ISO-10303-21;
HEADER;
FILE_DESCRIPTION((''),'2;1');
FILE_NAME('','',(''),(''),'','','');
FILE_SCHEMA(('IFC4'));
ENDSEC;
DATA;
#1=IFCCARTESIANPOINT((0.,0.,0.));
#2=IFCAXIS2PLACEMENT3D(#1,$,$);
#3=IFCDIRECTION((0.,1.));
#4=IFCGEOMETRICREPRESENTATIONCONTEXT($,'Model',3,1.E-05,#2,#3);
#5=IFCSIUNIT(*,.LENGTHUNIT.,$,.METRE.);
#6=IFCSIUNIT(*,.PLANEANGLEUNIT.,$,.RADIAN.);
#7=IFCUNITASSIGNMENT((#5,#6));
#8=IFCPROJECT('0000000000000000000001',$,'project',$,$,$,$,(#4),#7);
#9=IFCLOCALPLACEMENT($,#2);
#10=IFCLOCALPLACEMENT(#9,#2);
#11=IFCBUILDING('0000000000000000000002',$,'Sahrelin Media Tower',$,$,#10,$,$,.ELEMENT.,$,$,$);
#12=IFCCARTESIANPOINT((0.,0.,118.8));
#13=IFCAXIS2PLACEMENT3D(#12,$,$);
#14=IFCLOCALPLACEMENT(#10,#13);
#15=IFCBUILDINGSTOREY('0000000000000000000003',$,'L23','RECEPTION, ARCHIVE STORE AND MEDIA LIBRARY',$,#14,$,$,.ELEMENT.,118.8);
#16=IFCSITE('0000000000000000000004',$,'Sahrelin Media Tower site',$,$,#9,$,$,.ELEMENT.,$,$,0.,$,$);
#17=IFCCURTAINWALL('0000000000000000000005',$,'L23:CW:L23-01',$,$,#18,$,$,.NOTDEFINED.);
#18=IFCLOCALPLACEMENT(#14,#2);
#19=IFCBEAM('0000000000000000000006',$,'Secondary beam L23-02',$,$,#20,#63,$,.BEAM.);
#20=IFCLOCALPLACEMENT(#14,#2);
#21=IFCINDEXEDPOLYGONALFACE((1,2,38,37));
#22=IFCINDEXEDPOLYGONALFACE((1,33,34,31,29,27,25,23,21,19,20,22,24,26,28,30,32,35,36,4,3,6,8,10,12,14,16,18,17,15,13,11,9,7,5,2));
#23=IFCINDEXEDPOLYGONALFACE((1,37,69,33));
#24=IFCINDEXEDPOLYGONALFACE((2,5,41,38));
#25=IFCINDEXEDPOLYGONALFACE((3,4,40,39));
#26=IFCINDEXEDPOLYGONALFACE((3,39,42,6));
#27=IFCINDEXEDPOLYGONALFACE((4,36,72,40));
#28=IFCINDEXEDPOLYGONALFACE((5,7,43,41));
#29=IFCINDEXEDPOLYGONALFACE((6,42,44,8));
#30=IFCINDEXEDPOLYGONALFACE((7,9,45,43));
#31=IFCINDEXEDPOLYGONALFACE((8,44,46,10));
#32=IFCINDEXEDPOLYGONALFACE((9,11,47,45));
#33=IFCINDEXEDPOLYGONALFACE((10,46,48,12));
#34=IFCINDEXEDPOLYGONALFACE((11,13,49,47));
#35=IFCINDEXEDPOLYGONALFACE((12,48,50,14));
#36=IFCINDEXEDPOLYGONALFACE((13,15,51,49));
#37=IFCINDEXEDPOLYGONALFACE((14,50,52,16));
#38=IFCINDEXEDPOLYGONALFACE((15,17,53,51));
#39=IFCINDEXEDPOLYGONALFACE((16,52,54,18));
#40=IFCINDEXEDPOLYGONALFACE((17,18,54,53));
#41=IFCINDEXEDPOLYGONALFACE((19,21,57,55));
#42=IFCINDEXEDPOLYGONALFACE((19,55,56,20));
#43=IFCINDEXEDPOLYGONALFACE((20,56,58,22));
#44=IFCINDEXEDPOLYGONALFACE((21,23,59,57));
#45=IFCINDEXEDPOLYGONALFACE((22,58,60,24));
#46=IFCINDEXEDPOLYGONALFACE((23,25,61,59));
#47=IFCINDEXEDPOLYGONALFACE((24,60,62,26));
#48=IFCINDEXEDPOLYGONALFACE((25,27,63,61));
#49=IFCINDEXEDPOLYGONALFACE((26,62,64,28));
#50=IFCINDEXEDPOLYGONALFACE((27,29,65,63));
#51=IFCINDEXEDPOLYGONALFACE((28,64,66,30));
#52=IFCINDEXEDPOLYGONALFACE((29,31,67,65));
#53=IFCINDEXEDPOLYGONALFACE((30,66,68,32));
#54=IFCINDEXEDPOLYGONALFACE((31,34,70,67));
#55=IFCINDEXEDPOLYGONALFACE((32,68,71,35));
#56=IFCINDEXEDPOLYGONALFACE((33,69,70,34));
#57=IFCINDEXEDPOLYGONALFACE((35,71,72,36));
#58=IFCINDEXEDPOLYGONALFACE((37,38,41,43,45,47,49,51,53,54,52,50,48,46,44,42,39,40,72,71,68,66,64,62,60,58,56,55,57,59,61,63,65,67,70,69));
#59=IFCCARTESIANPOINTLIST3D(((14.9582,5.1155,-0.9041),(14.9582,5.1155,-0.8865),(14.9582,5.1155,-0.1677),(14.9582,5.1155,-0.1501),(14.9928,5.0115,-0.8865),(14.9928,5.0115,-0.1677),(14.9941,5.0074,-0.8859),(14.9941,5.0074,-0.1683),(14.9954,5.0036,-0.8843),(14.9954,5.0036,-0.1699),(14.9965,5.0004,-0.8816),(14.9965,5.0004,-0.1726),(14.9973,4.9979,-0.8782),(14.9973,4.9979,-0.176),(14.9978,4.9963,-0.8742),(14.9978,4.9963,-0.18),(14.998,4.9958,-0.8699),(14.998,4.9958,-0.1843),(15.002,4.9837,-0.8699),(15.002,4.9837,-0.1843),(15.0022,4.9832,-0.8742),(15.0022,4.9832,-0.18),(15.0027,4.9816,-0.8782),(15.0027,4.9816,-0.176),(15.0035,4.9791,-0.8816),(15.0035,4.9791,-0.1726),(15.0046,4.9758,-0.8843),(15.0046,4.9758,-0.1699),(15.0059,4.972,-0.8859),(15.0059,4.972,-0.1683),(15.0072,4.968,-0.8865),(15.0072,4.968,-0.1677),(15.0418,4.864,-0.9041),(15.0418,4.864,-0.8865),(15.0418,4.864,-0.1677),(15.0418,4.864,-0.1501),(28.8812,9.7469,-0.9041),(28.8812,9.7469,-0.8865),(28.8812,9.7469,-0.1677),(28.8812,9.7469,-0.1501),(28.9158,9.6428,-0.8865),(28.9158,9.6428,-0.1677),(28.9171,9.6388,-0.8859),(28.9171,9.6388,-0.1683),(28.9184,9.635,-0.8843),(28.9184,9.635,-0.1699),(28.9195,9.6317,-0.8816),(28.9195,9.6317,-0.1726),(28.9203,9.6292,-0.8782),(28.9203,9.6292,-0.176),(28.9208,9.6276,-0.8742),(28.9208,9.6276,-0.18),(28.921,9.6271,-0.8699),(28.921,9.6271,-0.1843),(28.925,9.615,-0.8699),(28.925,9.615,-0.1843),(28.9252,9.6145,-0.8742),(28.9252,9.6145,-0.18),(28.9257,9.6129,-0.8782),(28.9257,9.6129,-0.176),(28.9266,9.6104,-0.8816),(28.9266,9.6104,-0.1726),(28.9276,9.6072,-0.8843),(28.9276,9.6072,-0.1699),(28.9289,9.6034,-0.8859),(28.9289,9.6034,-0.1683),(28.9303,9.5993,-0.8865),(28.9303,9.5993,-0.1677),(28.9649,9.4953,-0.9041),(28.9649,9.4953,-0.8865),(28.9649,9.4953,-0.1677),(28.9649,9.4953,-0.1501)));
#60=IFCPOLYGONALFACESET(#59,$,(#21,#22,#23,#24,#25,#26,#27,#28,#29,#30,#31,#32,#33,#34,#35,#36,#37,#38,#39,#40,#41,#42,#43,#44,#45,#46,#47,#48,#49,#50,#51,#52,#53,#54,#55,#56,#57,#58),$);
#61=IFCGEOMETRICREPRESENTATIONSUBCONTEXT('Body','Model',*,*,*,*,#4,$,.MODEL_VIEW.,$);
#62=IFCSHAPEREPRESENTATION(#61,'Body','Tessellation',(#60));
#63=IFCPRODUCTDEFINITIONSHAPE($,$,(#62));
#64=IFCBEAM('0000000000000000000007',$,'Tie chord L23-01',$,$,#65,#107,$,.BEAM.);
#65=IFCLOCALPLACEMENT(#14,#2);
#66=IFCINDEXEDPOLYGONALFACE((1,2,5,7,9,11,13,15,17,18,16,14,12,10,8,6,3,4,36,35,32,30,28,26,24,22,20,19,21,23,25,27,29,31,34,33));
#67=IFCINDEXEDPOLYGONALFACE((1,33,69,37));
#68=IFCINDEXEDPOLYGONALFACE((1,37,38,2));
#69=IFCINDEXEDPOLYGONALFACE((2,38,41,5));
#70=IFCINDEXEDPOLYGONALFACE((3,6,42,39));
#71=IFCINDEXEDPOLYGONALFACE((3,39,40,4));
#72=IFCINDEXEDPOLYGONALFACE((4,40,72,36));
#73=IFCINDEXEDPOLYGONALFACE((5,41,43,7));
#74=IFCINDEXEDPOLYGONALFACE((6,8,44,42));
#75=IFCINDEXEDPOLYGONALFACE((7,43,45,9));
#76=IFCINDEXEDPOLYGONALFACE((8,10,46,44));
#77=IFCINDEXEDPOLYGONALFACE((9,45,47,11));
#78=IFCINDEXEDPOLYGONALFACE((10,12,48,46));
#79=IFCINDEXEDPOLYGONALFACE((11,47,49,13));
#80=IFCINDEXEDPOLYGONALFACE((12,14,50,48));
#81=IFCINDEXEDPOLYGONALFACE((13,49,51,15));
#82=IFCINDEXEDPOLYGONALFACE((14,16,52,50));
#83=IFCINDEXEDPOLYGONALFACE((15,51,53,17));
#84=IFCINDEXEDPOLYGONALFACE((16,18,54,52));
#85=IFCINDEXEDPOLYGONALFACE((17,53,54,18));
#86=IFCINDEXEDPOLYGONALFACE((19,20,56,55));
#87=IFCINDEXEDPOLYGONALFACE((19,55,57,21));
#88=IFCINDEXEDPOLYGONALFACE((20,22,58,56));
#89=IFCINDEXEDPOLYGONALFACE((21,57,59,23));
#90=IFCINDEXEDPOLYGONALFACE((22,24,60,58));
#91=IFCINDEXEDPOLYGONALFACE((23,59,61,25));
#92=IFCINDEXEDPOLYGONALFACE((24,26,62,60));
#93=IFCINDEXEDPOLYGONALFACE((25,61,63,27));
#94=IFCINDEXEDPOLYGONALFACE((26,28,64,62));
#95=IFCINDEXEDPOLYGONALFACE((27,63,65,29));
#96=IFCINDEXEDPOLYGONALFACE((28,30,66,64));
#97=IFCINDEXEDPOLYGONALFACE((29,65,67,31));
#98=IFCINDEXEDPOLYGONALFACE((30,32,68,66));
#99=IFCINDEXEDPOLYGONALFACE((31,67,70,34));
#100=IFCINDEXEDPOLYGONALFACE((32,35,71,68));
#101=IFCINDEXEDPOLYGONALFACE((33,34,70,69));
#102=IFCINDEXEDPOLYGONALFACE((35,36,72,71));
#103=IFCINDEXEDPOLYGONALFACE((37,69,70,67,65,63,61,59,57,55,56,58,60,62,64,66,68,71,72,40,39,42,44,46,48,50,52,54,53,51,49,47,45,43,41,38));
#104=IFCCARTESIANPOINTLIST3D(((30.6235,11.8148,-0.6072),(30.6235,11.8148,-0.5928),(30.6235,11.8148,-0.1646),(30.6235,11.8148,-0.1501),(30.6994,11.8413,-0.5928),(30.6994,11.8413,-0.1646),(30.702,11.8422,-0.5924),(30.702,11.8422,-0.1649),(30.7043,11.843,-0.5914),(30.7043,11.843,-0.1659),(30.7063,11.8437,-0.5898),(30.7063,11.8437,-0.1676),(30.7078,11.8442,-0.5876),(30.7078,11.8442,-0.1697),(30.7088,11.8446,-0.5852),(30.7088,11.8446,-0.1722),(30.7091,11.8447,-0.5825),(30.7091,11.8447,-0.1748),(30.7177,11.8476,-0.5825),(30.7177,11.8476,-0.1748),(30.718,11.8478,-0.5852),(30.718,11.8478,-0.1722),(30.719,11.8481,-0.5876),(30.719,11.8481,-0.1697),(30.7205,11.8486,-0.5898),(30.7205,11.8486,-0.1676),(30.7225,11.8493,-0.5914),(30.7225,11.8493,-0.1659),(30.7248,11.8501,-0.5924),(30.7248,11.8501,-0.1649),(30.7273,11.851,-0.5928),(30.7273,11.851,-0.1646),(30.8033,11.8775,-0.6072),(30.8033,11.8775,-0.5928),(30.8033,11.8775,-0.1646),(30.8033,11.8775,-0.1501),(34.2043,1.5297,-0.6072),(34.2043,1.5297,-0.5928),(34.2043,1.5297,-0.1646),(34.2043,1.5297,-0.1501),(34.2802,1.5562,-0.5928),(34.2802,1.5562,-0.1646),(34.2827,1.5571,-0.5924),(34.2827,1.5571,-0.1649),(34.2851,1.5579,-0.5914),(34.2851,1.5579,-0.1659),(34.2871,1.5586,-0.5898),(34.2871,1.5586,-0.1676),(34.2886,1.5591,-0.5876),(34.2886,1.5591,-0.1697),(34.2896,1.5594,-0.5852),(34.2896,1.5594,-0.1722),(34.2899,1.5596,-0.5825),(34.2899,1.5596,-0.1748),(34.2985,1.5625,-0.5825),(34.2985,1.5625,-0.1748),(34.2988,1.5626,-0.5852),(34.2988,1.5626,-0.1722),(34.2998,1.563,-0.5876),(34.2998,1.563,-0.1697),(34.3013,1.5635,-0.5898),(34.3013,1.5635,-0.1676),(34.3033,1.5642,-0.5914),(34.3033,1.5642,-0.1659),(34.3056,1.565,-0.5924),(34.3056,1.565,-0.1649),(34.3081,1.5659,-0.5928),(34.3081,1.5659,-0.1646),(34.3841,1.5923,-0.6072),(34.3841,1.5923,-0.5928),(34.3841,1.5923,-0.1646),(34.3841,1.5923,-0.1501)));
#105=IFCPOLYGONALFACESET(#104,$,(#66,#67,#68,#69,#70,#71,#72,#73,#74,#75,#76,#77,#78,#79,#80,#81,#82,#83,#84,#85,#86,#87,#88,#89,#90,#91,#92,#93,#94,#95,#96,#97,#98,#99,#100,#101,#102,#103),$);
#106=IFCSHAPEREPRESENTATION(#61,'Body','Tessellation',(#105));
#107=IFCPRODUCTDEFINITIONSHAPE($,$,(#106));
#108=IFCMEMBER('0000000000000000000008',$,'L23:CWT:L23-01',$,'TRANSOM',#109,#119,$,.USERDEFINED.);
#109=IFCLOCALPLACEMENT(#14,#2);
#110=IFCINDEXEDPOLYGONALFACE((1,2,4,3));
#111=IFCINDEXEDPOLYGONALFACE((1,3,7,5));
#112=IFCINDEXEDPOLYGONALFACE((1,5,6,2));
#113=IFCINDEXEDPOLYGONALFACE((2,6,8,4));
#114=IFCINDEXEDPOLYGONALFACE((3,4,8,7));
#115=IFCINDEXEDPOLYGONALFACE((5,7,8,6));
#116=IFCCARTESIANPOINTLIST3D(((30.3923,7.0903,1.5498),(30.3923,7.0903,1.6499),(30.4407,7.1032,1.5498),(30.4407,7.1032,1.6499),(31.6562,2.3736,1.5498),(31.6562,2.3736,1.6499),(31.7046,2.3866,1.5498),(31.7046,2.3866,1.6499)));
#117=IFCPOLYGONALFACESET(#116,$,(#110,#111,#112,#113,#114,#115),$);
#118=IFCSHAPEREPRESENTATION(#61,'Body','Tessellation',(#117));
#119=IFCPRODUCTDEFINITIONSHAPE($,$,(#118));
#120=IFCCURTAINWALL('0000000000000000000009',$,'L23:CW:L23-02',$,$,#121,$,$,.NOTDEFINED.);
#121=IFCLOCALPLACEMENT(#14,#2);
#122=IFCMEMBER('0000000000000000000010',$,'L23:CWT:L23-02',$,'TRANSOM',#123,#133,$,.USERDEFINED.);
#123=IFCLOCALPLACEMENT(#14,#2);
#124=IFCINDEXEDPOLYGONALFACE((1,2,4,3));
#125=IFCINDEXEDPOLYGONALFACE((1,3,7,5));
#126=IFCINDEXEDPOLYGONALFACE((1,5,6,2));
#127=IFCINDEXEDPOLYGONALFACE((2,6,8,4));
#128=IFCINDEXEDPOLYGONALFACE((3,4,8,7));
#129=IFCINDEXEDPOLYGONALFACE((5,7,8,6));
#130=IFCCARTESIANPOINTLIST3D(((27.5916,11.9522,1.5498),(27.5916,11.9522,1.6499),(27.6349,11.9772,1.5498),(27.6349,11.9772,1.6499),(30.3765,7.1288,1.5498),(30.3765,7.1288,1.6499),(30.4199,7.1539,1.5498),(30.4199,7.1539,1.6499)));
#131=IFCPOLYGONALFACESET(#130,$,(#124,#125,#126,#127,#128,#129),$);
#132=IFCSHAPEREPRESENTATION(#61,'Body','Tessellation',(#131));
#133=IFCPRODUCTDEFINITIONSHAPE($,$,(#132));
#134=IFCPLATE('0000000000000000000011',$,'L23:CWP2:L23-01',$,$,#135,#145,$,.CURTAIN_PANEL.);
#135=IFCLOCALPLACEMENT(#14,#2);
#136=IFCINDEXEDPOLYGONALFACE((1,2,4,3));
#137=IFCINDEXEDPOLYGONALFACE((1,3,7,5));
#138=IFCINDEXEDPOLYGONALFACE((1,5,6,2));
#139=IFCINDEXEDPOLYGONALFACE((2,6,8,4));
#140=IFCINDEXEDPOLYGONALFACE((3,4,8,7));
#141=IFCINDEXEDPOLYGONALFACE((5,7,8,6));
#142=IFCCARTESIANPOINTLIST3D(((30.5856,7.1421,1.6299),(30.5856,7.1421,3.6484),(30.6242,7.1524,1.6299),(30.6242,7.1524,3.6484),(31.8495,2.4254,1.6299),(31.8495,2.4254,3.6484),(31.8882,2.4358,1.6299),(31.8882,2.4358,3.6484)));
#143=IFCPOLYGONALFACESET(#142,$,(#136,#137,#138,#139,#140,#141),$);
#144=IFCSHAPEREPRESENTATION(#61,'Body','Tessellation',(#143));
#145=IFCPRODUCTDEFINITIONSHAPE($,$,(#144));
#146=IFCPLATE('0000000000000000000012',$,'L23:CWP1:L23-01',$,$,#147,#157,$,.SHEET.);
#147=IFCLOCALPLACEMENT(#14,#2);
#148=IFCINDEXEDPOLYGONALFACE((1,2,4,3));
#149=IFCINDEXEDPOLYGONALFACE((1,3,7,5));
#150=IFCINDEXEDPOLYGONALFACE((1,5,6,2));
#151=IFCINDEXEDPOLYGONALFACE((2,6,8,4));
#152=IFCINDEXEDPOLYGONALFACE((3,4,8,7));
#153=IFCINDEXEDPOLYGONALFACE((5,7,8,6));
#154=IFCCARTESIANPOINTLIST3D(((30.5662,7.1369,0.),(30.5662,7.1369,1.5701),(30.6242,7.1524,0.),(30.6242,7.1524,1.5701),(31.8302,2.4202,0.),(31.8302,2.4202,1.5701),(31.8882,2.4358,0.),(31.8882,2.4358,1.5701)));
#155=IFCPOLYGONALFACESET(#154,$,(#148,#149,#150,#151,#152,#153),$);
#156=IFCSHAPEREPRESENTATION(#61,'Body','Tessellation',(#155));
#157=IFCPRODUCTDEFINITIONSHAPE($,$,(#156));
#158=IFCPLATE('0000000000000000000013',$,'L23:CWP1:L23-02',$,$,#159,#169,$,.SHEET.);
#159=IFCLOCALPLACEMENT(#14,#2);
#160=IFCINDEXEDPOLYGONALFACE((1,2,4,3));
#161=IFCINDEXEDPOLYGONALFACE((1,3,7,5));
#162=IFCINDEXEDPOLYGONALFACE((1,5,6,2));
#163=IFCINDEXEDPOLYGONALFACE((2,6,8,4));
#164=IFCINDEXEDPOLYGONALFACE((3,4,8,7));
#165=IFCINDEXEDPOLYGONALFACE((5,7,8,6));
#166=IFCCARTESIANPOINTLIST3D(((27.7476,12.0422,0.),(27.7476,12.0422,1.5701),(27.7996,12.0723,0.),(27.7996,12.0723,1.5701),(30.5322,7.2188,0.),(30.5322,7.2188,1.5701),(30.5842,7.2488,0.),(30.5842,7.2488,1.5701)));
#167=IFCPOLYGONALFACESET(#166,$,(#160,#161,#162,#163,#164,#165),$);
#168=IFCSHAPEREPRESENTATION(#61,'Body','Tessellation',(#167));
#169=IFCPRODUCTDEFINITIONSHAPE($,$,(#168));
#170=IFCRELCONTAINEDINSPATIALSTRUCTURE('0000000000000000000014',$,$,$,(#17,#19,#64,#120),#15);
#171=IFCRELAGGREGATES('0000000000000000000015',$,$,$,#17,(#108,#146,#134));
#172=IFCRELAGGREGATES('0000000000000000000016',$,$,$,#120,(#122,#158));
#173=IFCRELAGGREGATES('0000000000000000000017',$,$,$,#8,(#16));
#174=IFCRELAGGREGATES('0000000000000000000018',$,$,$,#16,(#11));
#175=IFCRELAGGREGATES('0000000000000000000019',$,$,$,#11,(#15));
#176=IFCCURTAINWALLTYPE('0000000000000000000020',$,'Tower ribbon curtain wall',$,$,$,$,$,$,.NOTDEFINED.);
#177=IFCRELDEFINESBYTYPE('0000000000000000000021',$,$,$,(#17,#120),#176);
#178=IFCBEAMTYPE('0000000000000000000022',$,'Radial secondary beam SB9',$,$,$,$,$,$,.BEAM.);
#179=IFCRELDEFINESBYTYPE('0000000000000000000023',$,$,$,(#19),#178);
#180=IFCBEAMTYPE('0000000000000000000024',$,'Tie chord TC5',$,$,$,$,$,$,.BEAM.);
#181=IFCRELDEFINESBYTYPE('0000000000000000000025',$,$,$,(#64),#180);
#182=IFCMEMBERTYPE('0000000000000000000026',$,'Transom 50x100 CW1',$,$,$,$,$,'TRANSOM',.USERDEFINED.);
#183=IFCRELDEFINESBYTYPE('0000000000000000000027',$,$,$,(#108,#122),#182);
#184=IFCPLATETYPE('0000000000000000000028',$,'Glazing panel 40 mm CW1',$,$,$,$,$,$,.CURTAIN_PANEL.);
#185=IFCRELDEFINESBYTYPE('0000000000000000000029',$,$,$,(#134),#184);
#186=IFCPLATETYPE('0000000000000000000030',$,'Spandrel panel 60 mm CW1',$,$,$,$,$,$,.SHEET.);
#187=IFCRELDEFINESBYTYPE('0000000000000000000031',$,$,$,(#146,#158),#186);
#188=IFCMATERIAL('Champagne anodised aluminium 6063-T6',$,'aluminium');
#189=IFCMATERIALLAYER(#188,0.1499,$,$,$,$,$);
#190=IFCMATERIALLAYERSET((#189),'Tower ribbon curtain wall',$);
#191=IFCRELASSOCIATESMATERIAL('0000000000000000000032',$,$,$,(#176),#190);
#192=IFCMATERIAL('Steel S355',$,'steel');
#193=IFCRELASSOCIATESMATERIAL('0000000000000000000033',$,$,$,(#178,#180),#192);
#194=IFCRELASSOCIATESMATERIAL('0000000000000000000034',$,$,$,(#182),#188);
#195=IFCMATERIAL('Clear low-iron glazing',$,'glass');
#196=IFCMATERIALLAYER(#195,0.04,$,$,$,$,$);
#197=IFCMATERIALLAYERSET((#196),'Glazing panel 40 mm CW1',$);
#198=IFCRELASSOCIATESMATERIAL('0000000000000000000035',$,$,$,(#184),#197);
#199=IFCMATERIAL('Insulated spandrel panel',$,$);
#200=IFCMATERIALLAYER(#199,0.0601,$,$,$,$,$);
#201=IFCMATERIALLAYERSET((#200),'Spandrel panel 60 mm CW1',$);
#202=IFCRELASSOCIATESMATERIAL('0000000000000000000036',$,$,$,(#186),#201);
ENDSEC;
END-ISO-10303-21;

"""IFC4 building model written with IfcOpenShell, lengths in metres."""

from ifc_helpers import new_model, si_unit, direction, frame, origin, origin_2d, place, context, subcontext, project, spatial, polyline, rectangle, i_section, outline, extrude, material, layer, layer_set, material_profile, profile_set, type_object, element, aggregate, save


model = new_model("IFC4")

# Units and contexts
model_context = context("Model", 3, precision=1e-05, world=origin(), true_north=direction((0.0, 1.0)))
body_context = subcontext(model_context, "Body", "Model", "MODEL_VIEW")
ifc_project = project(units=[si_unit("LENGTHUNIT", "METRE"), si_unit("PLANEANGLEUNIT", "RADIAN")], contexts=[model_context])

# Site, building, storey
site_placement = place(None, origin())
site = spatial("IfcSite", under=ifc_project, at=site_placement, Name="Sahrelin Media Tower site", CompositionType="ELEMENT", RefElevation=0.0)
building_placement = place(site_placement, origin())
building = spatial("IfcBuilding", under=site, at=building_placement, Name="Sahrelin Media Tower", CompositionType="ELEMENT")
storey_placement = place(building_placement, frame((0.0, 0.0, 118.8)))
storey = spatial("IfcBuildingStorey", under=building, at=storey_placement, Name="L23", Description="RECEPTION, ARCHIVE STORE AND MEDIA LIBRARY", CompositionType="ELEMENT", Elevation=118.8)

# Shared definitions
ifc_material_1 = material(Name="Steel S355", Category="steel")

# Curtain wall
ifc_material_2 = material(Name="Champagne anodised aluminium 6063-T6", Category="aluminium")
ifc_layer_1 = layer(ifc_material_2, 0.1499)
ifc_layer_set_1 = layer_set([ifc_layer_1], Name="Tower ribbon curtain wall")
curtain_wall_type = type_object("IfcCurtainWallType", Name="Tower ribbon curtain wall", PredefinedType="NOTDEFINED", material=ifc_layer_set_1)
curtain_wall_1_placement = place(storey_placement, frame((31.2368, 4.7888, 0.0), z_axis=(0.0, 0.0, 1.0), x_axis=(1.0, 0.0, 0.0)))
curtain_wall_1 = element("IfcCurtainWall", 1, at=curtain_wall_1_placement, inside=storey, type_object=curtain_wall_type, Name="L23:CW:L23-01", PredefinedType="NOTDEFINED")

# Beams
ifc_material_profile_1 = material_profile(ifc_material_1, i_section(OverallWidth=0.2651, OverallDepth=0.7539, WebThickness=0.0127, FlangeThickness=0.0176, FilletRadius=0.0166, at=origin_2d()), Name="UB 762x267x147")
ifc_profile_set_1 = profile_set([ifc_material_profile_1], Name="Steel S355")
beam_type_1 = type_object("IfcBeamType", Name="Radial secondary beam SB9", PredefinedType="BEAM", material=ifc_profile_set_1)
beam_1_placement = place(storey_placement, frame((15.0, 4.9897, -0.5271), z_axis=(0.948881, 0.315634, 0.0), x_axis=(-0.315634, 0.948881, 0.0)))
element("IfcBeam", 2, at=beam_1_placement, inside=storey, type_object=beam_type_1, Name="Secondary beam L23-02", PredefinedType="BEAM", context=body_context, shape_type="SweptSolid", body=[
    extrude(i_section(OverallWidth=0.2651, OverallDepth=0.7539, WebThickness=0.0127, FlangeThickness=0.0176, FilletRadius=0.0166, at=origin_2d()), origin(), (0.0, 0.0, 1.0), 14.6731),
])
ifc_material_profile_2 = material_profile(ifc_material_1, i_section(OverallWidth=0.1904, OverallDepth=0.457, WebThickness=0.009, FlangeThickness=0.0144, FilletRadius=0.0103, at=origin_2d()), Name="UB 457x191x74")
ifc_profile_set_2 = profile_set([ifc_material_profile_2], Name="Steel S355")
beam_type_2 = type_object("IfcBeamType", Name="Tie chord TC5", PredefinedType="BEAM", material=ifc_profile_set_2)
beam_2_placement = place(storey_placement, frame((34.2942, 1.561, -0.3787), z_axis=(-0.328796, 0.944401, 0.0), x_axis=(-0.944401, -0.328796, 0.0)))
element("IfcBeam", 3, at=beam_2_placement, inside=storey, type_object=beam_type_2, Name="Tie chord L23-01", PredefinedType="BEAM", context=body_context, shape_type="SweptSolid", body=[
    extrude(i_section(OverallWidth=0.1904, OverallDepth=0.457, WebThickness=0.009, FlangeThickness=0.0144, FilletRadius=0.0103, at=origin_2d()), origin(), (0.0, 0.0, 1.0), 10.8906),
])

# Member
ifc_material_profile_3 = material_profile(ifc_material_2, rectangle(XDim=0.05, YDim=0.1001, at=origin_2d()), Name="Transom 50x100")
ifc_profile_set_3 = profile_set([ifc_material_profile_3], Name="Champagne anodised aluminium 6063-T6")
member_type_1 = type_object("IfcMemberType", Name="Transom 50x100 CW1", ElementType="TRANSOM", PredefinedType="USERDEFINED", material=ifc_profile_set_3)
member_1_placement = place(storey_placement, frame((31.6804, 2.3801, 1.5999), z_axis=(-0.258842, 0.96592, 0.0), x_axis=(-0.96592, -0.258842, 0.0)))
member_1 = element("IfcMember", 4, at=member_1_placement, type_object=member_type_1, Name="L23:CWT:L23-01", ObjectType="TRANSOM", PredefinedType="USERDEFINED", context=body_context, shape_type="SweptSolid", body=[
    extrude(rectangle(XDim=0.05, YDim=0.1001, at=origin_2d()), origin(), (0.0, 0.0, 1.0), 4.8831),
])

# Curtain wall, member
curtain_wall_2_placement = place(storey_placement, frame((29.1746, 9.6504, 0.0), z_axis=(0.0, 0.0, 1.0), x_axis=(1.0, 0.0, 0.0)))
curtain_wall_2 = element("IfcCurtainWall", 5, at=curtain_wall_2_placement, inside=storey, type_object=curtain_wall_type, Name="L23:CW:L23-02", PredefinedType="NOTDEFINED")
member_2_placement = place(storey_placement, frame((30.3982, 7.1414, 1.5999), z_axis=(-0.500029, 0.866009, 0.0), x_axis=(-0.866009, -0.500029, 0.0)))
member_2 = element("IfcMember", 6, at=member_2_placement, type_object=member_type_1, Name="L23:CWT:L23-02", ObjectType="TRANSOM", PredefinedType="USERDEFINED", context=body_context, shape_type="SweptSolid", body=[
    extrude(rectangle(XDim=0.05, YDim=0.1001, at=origin_2d()), origin(), (0.0, 0.0, 1.0), 5.5696),
])

# Plates
ifc_material_3 = material(Name="Clear low-iron glazing", Category="glass")
ifc_layer_2 = layer(ifc_material_3, 0.04)
ifc_layer_set_2 = layer_set([ifc_layer_2], Name="Glazing panel 40 mm CW1")
plate_type_1 = type_object("IfcPlateType", Name="Glazing panel 40 mm CW1", PredefinedType="CURTAIN_PANEL", material=ifc_layer_set_2)
plate_1_placement = place(storey_placement, frame((31.8882, 2.4358, 1.6299), z_axis=(0.96592, 0.258842, 0.0), x_axis=(-0.258842, 0.96592, 0.0)))
plate_1 = element("IfcPlate", 7, at=plate_1_placement, type_object=plate_type_1, Name="L23:CWP2:L23-01", PredefinedType="CURTAIN_PANEL", context=body_context, shape_type="SweptSolid", body=[
    extrude(outline(polyline([(0.0, 0.0), (4.8831, 0.0), (4.8831, 2.0186), (0.0, 2.0186), (0.0, 0.0)])), origin(), (0.0, 0.0, -1.0), 0.04),
])
ifc_material_4 = material(Name="Insulated spandrel panel")
ifc_layer_3 = layer(ifc_material_4, 0.0601)
ifc_layer_set_3 = layer_set([ifc_layer_3], Name="Spandrel panel 60 mm CW1")
plate_type_2 = type_object("IfcPlateType", Name="Spandrel panel 60 mm CW1", PredefinedType="SHEET", material=ifc_layer_set_3)
plate_2_placement = place(storey_placement, frame((31.8882, 2.4358, 0.0), z_axis=(0.96592, 0.258842, 0.0), x_axis=(-0.258842, 0.96592, 0.0)))
plate_2 = element("IfcPlate", 8, at=plate_2_placement, type_object=plate_type_2, Name="L23:CWP1:L23-01", PredefinedType="SHEET", context=body_context, shape_type="SweptSolid", body=[
    extrude(outline(polyline([(0.0, 0.0), (4.8831, 0.0), (4.8831, 1.5701), (0.0, 1.5701), (0.0, 0.0)])), origin(), (0.0, 0.0, -1.0), 0.0601),
])
aggregate(curtain_wall_1, [member_1, plate_2, plate_1])
plate_3_placement = place(storey_placement, frame((30.5842, 7.2488, 0.0), z_axis=(0.866039, 0.499977, 0.0), x_axis=(-0.499977, 0.866039, 0.0)))
plate_3 = element("IfcPlate", 9, at=plate_3_placement, type_object=plate_type_2, Name="L23:CWP1:L23-02", PredefinedType="SHEET", context=body_context, shape_type="SweptSolid", body=[
    extrude(outline(polyline([(0.0, 0.0), (5.5696, 0.0), (5.5696, 1.5701), (0.0, 1.5701), (0.0, 0.0)])), origin(), (0.0, 0.0, -1.0), 0.0601),
])
aggregate(curtain_wall_2, [member_2, plate_3])

save(model, "model.ifc")
